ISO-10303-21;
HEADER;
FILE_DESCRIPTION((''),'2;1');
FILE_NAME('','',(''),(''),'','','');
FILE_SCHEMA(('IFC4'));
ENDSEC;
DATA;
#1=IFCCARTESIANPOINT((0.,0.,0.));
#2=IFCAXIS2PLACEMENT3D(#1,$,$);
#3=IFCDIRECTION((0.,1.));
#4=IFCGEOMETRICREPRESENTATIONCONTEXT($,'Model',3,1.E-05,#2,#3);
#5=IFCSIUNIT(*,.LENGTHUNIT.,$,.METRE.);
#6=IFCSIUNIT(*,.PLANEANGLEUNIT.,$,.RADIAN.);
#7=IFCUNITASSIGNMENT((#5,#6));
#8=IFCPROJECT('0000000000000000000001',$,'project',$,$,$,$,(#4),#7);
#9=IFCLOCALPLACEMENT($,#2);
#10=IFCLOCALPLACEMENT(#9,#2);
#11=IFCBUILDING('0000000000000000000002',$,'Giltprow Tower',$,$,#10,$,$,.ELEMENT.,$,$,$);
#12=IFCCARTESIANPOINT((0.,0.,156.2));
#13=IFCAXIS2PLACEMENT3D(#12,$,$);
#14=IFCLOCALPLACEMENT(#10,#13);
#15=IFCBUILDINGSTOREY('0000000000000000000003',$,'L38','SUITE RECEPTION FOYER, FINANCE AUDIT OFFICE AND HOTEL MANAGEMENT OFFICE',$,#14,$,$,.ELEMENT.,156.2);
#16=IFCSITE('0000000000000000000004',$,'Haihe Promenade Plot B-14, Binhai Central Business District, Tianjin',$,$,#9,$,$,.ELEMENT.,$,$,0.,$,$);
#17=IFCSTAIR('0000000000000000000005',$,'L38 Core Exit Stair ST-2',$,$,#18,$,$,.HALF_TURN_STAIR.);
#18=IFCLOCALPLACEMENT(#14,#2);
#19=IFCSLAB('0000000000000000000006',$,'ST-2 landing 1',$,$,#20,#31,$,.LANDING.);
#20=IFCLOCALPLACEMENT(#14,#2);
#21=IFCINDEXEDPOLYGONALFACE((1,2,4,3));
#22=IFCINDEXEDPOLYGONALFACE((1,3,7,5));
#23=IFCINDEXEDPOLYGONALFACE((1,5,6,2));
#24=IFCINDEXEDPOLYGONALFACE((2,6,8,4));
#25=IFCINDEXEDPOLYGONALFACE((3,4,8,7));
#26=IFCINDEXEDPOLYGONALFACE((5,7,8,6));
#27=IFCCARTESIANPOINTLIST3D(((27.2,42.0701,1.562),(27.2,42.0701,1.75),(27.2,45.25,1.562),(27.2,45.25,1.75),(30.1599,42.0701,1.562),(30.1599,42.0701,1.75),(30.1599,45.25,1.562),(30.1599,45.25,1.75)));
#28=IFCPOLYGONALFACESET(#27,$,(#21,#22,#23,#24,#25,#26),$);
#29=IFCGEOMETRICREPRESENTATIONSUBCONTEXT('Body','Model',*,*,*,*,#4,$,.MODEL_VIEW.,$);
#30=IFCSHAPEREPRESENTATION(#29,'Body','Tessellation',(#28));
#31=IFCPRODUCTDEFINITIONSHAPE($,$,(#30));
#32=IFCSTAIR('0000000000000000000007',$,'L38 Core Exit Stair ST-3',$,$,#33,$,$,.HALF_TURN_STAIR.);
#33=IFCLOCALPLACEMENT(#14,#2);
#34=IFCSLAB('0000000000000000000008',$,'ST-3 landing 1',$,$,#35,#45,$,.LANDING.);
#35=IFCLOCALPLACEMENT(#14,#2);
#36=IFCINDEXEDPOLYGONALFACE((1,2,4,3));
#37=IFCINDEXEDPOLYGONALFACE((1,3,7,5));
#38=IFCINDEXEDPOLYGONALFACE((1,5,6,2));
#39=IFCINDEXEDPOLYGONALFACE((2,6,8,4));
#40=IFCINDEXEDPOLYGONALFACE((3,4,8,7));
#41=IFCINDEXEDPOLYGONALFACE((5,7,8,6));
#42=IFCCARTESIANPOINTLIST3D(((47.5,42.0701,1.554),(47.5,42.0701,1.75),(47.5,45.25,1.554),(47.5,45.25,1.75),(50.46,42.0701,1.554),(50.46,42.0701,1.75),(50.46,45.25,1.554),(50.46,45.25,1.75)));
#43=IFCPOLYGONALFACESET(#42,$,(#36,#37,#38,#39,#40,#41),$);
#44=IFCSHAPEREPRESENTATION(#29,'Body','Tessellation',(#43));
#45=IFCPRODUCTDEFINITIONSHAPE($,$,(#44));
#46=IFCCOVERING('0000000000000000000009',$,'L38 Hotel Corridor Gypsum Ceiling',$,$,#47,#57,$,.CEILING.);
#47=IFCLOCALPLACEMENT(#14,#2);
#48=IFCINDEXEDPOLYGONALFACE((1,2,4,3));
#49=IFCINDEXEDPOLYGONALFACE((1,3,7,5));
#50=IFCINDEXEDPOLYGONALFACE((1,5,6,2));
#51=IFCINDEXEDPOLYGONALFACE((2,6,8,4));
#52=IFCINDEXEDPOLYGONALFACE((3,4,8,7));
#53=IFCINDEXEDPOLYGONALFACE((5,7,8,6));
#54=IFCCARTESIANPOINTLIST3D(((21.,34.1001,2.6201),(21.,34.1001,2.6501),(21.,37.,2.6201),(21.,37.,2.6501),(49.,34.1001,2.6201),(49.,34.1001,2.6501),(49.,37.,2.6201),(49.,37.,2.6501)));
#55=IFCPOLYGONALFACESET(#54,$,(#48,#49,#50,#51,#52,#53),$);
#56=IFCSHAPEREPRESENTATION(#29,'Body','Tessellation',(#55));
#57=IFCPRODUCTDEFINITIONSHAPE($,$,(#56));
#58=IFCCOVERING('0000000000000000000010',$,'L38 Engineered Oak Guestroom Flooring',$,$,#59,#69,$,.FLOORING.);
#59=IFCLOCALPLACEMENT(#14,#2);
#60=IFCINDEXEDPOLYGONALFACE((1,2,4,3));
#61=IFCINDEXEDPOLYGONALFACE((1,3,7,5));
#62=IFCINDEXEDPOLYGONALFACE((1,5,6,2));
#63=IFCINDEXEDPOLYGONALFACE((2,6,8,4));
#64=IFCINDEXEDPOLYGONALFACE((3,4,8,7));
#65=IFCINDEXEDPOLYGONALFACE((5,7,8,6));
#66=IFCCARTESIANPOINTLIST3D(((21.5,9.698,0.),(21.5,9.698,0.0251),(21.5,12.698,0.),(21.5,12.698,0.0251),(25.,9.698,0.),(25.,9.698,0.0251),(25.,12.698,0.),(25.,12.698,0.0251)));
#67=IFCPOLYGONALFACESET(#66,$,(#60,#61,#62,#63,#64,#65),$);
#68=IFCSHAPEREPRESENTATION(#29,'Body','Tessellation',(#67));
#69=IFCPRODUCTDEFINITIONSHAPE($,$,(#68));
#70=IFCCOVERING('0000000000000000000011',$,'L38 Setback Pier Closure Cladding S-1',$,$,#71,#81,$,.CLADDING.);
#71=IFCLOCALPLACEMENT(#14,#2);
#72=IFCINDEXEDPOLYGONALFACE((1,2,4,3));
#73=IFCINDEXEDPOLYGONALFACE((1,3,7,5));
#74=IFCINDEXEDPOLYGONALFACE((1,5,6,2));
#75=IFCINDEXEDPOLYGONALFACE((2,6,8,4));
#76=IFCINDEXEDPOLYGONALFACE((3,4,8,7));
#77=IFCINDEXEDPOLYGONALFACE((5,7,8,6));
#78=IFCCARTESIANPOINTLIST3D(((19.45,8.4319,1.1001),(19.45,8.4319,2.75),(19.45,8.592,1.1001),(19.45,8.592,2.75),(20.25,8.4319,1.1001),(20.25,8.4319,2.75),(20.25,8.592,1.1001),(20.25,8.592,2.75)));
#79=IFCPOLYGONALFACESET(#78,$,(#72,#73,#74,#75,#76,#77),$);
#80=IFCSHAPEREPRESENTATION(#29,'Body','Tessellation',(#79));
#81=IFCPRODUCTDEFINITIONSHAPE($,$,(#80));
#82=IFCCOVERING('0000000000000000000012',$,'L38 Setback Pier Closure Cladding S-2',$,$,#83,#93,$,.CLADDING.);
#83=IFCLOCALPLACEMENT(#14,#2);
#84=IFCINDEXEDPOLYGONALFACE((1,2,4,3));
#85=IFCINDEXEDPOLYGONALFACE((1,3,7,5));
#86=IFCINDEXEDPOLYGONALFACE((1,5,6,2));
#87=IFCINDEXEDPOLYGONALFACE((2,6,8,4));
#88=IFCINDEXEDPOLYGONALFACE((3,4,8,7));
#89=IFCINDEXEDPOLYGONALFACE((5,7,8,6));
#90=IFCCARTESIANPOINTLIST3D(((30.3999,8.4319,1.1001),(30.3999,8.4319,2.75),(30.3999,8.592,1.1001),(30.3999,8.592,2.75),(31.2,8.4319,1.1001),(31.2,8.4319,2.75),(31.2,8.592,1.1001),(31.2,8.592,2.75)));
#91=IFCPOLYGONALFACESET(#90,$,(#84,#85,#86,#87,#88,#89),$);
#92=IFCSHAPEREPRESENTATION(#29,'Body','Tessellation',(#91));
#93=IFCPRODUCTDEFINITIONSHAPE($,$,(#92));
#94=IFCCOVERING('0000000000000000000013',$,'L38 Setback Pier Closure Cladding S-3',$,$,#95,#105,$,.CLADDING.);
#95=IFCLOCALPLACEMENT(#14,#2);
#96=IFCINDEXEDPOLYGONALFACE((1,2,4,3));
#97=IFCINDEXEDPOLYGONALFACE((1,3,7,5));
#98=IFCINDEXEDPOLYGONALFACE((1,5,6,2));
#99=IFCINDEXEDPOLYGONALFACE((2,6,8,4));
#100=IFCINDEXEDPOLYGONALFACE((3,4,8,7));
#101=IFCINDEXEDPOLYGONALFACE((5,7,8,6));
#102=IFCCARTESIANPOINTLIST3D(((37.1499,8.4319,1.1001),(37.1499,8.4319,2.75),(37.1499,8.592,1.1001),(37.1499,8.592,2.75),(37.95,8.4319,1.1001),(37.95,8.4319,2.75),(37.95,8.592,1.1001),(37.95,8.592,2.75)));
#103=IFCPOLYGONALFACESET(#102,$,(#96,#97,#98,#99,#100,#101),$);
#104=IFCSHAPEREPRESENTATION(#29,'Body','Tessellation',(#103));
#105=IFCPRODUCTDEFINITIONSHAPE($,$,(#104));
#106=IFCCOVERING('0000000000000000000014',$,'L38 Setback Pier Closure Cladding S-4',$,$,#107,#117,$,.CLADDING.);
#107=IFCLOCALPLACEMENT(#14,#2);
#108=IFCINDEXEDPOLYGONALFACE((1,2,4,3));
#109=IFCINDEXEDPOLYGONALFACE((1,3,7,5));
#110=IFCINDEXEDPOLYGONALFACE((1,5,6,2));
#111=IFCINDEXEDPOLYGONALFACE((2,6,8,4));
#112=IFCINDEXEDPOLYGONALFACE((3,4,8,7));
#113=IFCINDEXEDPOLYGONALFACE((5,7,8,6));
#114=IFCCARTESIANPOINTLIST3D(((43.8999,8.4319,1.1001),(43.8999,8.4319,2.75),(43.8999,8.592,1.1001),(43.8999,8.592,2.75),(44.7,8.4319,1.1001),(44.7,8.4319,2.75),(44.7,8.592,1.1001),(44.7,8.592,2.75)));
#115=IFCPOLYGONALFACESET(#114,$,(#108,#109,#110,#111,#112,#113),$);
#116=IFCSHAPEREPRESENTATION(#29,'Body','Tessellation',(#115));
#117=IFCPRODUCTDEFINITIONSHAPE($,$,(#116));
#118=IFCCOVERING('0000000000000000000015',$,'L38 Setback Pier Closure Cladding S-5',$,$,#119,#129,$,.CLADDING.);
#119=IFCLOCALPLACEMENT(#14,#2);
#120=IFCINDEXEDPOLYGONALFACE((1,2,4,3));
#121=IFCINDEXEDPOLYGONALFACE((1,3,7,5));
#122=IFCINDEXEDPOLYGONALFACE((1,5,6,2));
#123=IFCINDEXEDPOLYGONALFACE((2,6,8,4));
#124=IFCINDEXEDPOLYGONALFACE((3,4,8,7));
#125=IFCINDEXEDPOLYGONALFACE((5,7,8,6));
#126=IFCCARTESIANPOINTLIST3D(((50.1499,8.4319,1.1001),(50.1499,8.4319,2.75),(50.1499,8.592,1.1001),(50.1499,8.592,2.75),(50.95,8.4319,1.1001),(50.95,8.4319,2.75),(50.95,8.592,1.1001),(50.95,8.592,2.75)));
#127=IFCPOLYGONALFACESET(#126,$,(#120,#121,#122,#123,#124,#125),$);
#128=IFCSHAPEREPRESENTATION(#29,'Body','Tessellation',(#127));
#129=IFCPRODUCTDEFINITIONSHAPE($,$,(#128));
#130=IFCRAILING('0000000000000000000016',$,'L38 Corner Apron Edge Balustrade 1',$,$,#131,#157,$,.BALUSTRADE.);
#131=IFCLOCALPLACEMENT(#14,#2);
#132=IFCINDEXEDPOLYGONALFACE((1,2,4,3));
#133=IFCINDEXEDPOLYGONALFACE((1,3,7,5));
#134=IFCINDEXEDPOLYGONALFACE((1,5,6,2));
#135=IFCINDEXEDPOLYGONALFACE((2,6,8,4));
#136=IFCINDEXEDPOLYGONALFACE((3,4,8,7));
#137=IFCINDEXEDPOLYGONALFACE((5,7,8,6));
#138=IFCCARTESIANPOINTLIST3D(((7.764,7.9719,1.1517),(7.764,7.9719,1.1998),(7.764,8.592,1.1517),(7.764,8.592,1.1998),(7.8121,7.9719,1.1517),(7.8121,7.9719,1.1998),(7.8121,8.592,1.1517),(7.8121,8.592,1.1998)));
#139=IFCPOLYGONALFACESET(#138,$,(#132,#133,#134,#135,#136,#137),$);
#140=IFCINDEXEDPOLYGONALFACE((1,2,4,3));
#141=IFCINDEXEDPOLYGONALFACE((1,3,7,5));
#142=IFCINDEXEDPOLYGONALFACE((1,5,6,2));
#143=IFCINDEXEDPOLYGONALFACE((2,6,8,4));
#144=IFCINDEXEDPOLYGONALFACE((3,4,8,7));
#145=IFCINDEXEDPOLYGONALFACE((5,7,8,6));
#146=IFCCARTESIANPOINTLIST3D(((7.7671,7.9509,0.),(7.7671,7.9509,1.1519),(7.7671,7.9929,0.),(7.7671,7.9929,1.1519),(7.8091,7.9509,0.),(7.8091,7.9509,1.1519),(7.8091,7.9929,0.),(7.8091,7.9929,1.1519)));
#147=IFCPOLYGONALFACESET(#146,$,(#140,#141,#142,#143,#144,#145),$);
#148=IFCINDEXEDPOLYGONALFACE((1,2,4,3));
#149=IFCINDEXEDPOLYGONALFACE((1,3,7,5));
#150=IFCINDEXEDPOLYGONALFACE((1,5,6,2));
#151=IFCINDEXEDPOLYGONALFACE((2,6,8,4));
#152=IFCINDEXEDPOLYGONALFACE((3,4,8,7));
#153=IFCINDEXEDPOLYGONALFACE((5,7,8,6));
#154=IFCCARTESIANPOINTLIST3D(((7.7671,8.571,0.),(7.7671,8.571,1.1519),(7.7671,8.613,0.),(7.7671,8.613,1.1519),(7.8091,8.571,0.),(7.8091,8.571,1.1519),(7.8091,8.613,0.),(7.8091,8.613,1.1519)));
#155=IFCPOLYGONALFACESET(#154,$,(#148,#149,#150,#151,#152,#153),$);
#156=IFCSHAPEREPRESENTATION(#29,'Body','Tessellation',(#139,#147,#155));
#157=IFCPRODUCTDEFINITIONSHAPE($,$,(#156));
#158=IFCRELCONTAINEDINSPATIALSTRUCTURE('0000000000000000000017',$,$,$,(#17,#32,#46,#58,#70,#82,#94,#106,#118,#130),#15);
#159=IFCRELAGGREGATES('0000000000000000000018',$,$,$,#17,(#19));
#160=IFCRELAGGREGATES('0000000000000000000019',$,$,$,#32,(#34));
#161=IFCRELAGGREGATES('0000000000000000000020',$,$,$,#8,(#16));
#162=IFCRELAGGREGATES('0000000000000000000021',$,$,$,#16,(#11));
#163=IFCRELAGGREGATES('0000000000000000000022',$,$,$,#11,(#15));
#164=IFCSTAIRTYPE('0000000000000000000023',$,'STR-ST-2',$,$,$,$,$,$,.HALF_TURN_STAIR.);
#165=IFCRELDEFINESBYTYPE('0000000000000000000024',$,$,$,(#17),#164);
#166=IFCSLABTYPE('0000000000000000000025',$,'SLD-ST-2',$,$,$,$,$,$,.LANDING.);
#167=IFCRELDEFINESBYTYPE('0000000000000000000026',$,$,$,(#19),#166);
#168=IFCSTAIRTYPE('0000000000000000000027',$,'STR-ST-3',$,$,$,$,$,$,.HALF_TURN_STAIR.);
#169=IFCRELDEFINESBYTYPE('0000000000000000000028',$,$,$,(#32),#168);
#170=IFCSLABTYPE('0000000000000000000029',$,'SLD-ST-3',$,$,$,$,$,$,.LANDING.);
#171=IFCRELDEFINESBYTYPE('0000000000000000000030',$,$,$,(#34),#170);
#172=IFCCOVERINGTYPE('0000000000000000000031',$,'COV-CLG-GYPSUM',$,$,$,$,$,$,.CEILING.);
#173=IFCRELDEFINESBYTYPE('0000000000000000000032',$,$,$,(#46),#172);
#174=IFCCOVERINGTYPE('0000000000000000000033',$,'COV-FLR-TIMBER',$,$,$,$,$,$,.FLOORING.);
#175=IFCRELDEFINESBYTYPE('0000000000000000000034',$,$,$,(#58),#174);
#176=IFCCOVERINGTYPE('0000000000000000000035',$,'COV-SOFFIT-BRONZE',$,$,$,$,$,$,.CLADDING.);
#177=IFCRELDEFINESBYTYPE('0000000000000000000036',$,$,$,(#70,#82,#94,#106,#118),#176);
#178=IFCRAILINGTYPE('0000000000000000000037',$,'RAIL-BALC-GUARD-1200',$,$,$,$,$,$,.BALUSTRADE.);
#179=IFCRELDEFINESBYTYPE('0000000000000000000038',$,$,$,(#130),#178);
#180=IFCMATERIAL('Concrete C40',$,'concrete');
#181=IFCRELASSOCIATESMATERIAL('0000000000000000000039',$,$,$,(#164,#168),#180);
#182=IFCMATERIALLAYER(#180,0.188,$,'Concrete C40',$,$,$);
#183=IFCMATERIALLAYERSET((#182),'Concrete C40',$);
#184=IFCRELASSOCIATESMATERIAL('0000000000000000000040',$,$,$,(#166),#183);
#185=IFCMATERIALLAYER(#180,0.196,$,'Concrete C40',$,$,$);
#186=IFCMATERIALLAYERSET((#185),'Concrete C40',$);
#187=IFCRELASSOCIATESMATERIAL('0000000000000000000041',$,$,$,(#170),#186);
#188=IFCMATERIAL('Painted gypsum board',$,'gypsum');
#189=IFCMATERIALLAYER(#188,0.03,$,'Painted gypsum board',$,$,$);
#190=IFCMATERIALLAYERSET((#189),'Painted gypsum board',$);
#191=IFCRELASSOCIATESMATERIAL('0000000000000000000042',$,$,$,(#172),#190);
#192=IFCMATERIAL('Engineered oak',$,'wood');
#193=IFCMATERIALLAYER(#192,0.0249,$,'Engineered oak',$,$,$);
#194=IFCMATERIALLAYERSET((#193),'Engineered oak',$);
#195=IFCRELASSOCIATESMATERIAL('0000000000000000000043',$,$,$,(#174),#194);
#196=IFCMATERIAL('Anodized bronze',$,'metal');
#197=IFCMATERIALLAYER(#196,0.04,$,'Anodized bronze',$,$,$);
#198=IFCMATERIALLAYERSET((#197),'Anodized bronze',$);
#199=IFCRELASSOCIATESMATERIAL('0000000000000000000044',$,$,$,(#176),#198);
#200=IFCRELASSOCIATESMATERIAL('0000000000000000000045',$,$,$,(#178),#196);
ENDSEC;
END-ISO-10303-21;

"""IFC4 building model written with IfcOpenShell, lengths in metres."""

from ifc_helpers import new_model, si_unit, direction, frame, origin, origin_2d, place, context, subcontext, project, spatial, polyline, rectangle, outline, extrude, material, layer, layer_set, type_object, element, aggregate, save


model = new_model("IFC4")

# Units and contexts
model_context = context("Model", 3, precision=1e-05, world=origin(), true_north=direction((0.0, 1.0)))
body_context = subcontext(model_context, "Body", "Model", "MODEL_VIEW")
ifc_project = project(units=[si_unit("LENGTHUNIT", "METRE"), si_unit("PLANEANGLEUNIT", "RADIAN")], contexts=[model_context])

# Site, building, storey
site_placement = place(None, origin())
site = spatial("IfcSite", under=ifc_project, at=site_placement, Name="Haihe Promenade Plot B-14, Binhai Central Business District, Tianjin", CompositionType="ELEMENT", RefElevation=0.0)
building_placement = place(site_placement, origin())
building = spatial("IfcBuilding", under=site, at=building_placement, Name="Giltprow Tower", CompositionType="ELEMENT")
storey_placement = place(building_placement, frame((0.0, 0.0, 156.2)))
storey = spatial("IfcBuildingStorey", under=building, at=storey_placement, Name="L38", Description="SUITE RECEPTION FOYER, FINANCE AUDIT OFFICE AND HOTEL MANAGEMENT OFFICE", CompositionType="ELEMENT", Elevation=156.2)

# Shared definitions
ifc_material_1 = material(Name="Anodized bronze", Category="metal")

# Shared definitions
ifc_material_2 = material(Name="Concrete C40", Category="concrete")

# Stairs, slabs
stair_type_1 = type_object("IfcStairType", Name="STR-ST-2", PredefinedType="HALF_TURN_STAIR", material=ifc_material_2)
stair_1_placement = place(storey_placement, origin())
stair_1 = element("IfcStair", 1, at=stair_1_placement, inside=storey, type_object=stair_type_1, Name="L38 Core Exit Stair ST-2", PredefinedType="HALF_TURN_STAIR")
ifc_layer_1 = layer(ifc_material_2, 0.188, Name="Concrete C40")
ifc_layer_set_1 = layer_set([ifc_layer_1], Name="Concrete C40")
slab_type_1 = type_object("IfcSlabType", Name="SLD-ST-2", PredefinedType="LANDING", material=ifc_layer_set_1)
slab_1_placement = place(storey_placement, frame((0.0, 0.0, 1.562)))
slab_1 = element("IfcSlab", 2, at=slab_1_placement, type_object=slab_type_1, Name="ST-2 landing 1", PredefinedType="LANDING", context=body_context, shape_type="SweptSolid", body=[
    extrude(outline(polyline([(30.1599, 42.0701), (30.1599, 45.25), (27.2, 45.25), (27.2, 42.0701), (30.1599, 42.0701)])), origin(), (0.0, 0.0, 1.0), 0.188),
])
aggregate(stair_1, [slab_1])
stair_type_2 = type_object("IfcStairType", Name="STR-ST-3", PredefinedType="HALF_TURN_STAIR", material=ifc_material_2)
stair_2_placement = place(storey_placement, origin())
stair_2 = element("IfcStair", 3, at=stair_2_placement, inside=storey, type_object=stair_type_2, Name="L38 Core Exit Stair ST-3", PredefinedType="HALF_TURN_STAIR")
ifc_layer_2 = layer(ifc_material_2, 0.196, Name="Concrete C40")
ifc_layer_set_2 = layer_set([ifc_layer_2], Name="Concrete C40")
slab_type_2 = type_object("IfcSlabType", Name="SLD-ST-3", PredefinedType="LANDING", material=ifc_layer_set_2)
slab_2_placement = place(storey_placement, frame((0.0, 0.0, 1.554)))
slab_2 = element("IfcSlab", 4, at=slab_2_placement, type_object=slab_type_2, Name="ST-3 landing 1", PredefinedType="LANDING", context=body_context, shape_type="SweptSolid", body=[
    extrude(outline(polyline([(50.46, 42.0701), (50.46, 45.25), (47.5, 45.25), (47.5, 42.0701), (50.46, 42.0701)])), origin(), (0.0, 0.0, 1.0), 0.196),
])
aggregate(stair_2, [slab_2])

# Coverings
ifc_material_3 = material(Name="Painted gypsum board", Category="gypsum")
ifc_layer_3 = layer(ifc_material_3, 0.03, Name="Painted gypsum board")
ifc_layer_set_3 = layer_set([ifc_layer_3], Name="Painted gypsum board")
covering_type_1 = type_object("IfcCoveringType", Name="COV-CLG-GYPSUM", PredefinedType="CEILING", material=ifc_layer_set_3)
covering_1_placement = place(storey_placement, frame((0.0, 0.0, 2.6201)))
element("IfcCovering", 5, at=covering_1_placement, inside=storey, type_object=covering_type_1, Name="L38 Hotel Corridor Gypsum Ceiling", PredefinedType="CEILING", context=body_context, shape_type="SweptSolid", body=[
    extrude(outline(polyline([(21.0, 34.1001), (49.0, 34.1001), (49.0, 37.0), (21.0, 37.0), (21.0, 34.1001)])), origin(), (0.0, 0.0, 1.0), 0.03),
])
ifc_material_4 = material(Name="Engineered oak", Category="wood")
ifc_layer_4 = layer(ifc_material_4, 0.0249, Name="Engineered oak")
ifc_layer_set_4 = layer_set([ifc_layer_4], Name="Engineered oak")
covering_type_2 = type_object("IfcCoveringType", Name="COV-FLR-TIMBER", PredefinedType="FLOORING", material=ifc_layer_set_4)
covering_2_placement = place(storey_placement, origin())
element("IfcCovering", 6, at=covering_2_placement, inside=storey, type_object=covering_type_2, Name="L38 Engineered Oak Guestroom Flooring", PredefinedType="FLOORING", context=body_context, shape_type="SweptSolid", body=[
    extrude(outline(polyline([(21.5, 9.698), (25.0, 9.698), (25.0, 12.698), (21.5, 12.698), (21.5, 9.698)])), origin(), (0.0, 0.0, 1.0), 0.0251),
])
ifc_layer_5 = layer(ifc_material_1, 0.04, Name="Anodized bronze")
ifc_layer_set_5 = layer_set([ifc_layer_5], Name="Anodized bronze")
covering_type_3 = type_object("IfcCoveringType", Name="COV-SOFFIT-BRONZE", PredefinedType="CLADDING", material=ifc_layer_set_5)
covering_3_placement = place(storey_placement, frame((0.0, 0.0, 1.1001)))
element("IfcCovering", 7, at=covering_3_placement, inside=storey, type_object=covering_type_3, Name="L38 Setback Pier Closure Cladding S-1", PredefinedType="CLADDING", context=body_context, shape_type="SweptSolid", body=[
    extrude(outline(polyline([(19.45, 8.4319), (20.25, 8.4319), (20.25, 8.592), (19.45, 8.592), (19.45, 8.4319)])), origin(), (0.0, 0.0, 1.0), 1.6499),
])
covering_4_placement = place(storey_placement, frame((0.0, 0.0, 1.1001)))
element("IfcCovering", 8, at=covering_4_placement, inside=storey, type_object=covering_type_3, Name="L38 Setback Pier Closure Cladding S-2", PredefinedType="CLADDING", context=body_context, shape_type="SweptSolid", body=[
    extrude(outline(polyline([(30.3999, 8.4319), (31.2, 8.4319), (31.2, 8.592), (30.3999, 8.592), (30.3999, 8.4319)])), origin(), (0.0, 0.0, 1.0), 1.6499),
])
covering_5_placement = place(storey_placement, frame((0.0, 0.0, 1.1001)))
element("IfcCovering", 9, at=covering_5_placement, inside=storey, type_object=covering_type_3, Name="L38 Setback Pier Closure Cladding S-3", PredefinedType="CLADDING", context=body_context, shape_type="SweptSolid", body=[
    extrude(outline(polyline([(37.1499, 8.4319), (37.95, 8.4319), (37.95, 8.592), (37.1499, 8.592), (37.1499, 8.4319)])), origin(), (0.0, 0.0, 1.0), 1.6499),
])
covering_6_placement = place(storey_placement, frame((0.0, 0.0, 1.1001)))
element("IfcCovering", 10, at=covering_6_placement, inside=storey, type_object=covering_type_3, Name="L38 Setback Pier Closure Cladding S-4", PredefinedType="CLADDING", context=body_context, shape_type="SweptSolid", body=[
    extrude(outline(polyline([(43.8999, 8.4319), (44.7, 8.4319), (44.7, 8.592), (43.8999, 8.592), (43.8999, 8.4319)])), origin(), (0.0, 0.0, 1.0), 1.6499),
])
covering_7_placement = place(storey_placement, frame((0.0, 0.0, 1.1001)))
element("IfcCovering", 11, at=covering_7_placement, inside=storey, type_object=covering_type_3, Name="L38 Setback Pier Closure Cladding S-5", PredefinedType="CLADDING", context=body_context, shape_type="SweptSolid", body=[
    extrude(outline(polyline([(50.1499, 8.4319), (50.95, 8.4319), (50.95, 8.592), (50.1499, 8.592), (50.1499, 8.4319)])), origin(), (0.0, 0.0, 1.0), 1.6499),
])

# Railing
railing_type = type_object("IfcRailingType", Name="RAIL-BALC-GUARD-1200", PredefinedType="BALUSTRADE", material=ifc_material_1)
railing_placement = place(storey_placement, frame((7.7881, 7.9719, 0.0)))
element("IfcRailing", 12, at=railing_placement, inside=storey, type_object=railing_type, Name="L38 Corner Apron Edge Balustrade 1", PredefinedType="BALUSTRADE", context=body_context, shape_type="SweptSolid", body=[
    extrude(rectangle(XDim=0.0481, YDim=0.0481, at=origin_2d()), frame((0.0, 0.0, 1.1758), z_axis=(0.0, 1.0, 0.0), x_axis=(-1.0, 0.0, 0.0)), (0.0, 0.0, 1.0), 0.6201),
    extrude(rectangle(XDim=0.042, YDim=0.042, at=origin_2d()), origin(), (0.0, 0.0, 1.0), 1.1519),
    extrude(rectangle(XDim=0.042, YDim=0.042, at=origin_2d()), frame((0.0, 0.6201, 0.0)), (0.0, 0.0, 1.0), 1.1519),
])

save(model, "model.ifc")
